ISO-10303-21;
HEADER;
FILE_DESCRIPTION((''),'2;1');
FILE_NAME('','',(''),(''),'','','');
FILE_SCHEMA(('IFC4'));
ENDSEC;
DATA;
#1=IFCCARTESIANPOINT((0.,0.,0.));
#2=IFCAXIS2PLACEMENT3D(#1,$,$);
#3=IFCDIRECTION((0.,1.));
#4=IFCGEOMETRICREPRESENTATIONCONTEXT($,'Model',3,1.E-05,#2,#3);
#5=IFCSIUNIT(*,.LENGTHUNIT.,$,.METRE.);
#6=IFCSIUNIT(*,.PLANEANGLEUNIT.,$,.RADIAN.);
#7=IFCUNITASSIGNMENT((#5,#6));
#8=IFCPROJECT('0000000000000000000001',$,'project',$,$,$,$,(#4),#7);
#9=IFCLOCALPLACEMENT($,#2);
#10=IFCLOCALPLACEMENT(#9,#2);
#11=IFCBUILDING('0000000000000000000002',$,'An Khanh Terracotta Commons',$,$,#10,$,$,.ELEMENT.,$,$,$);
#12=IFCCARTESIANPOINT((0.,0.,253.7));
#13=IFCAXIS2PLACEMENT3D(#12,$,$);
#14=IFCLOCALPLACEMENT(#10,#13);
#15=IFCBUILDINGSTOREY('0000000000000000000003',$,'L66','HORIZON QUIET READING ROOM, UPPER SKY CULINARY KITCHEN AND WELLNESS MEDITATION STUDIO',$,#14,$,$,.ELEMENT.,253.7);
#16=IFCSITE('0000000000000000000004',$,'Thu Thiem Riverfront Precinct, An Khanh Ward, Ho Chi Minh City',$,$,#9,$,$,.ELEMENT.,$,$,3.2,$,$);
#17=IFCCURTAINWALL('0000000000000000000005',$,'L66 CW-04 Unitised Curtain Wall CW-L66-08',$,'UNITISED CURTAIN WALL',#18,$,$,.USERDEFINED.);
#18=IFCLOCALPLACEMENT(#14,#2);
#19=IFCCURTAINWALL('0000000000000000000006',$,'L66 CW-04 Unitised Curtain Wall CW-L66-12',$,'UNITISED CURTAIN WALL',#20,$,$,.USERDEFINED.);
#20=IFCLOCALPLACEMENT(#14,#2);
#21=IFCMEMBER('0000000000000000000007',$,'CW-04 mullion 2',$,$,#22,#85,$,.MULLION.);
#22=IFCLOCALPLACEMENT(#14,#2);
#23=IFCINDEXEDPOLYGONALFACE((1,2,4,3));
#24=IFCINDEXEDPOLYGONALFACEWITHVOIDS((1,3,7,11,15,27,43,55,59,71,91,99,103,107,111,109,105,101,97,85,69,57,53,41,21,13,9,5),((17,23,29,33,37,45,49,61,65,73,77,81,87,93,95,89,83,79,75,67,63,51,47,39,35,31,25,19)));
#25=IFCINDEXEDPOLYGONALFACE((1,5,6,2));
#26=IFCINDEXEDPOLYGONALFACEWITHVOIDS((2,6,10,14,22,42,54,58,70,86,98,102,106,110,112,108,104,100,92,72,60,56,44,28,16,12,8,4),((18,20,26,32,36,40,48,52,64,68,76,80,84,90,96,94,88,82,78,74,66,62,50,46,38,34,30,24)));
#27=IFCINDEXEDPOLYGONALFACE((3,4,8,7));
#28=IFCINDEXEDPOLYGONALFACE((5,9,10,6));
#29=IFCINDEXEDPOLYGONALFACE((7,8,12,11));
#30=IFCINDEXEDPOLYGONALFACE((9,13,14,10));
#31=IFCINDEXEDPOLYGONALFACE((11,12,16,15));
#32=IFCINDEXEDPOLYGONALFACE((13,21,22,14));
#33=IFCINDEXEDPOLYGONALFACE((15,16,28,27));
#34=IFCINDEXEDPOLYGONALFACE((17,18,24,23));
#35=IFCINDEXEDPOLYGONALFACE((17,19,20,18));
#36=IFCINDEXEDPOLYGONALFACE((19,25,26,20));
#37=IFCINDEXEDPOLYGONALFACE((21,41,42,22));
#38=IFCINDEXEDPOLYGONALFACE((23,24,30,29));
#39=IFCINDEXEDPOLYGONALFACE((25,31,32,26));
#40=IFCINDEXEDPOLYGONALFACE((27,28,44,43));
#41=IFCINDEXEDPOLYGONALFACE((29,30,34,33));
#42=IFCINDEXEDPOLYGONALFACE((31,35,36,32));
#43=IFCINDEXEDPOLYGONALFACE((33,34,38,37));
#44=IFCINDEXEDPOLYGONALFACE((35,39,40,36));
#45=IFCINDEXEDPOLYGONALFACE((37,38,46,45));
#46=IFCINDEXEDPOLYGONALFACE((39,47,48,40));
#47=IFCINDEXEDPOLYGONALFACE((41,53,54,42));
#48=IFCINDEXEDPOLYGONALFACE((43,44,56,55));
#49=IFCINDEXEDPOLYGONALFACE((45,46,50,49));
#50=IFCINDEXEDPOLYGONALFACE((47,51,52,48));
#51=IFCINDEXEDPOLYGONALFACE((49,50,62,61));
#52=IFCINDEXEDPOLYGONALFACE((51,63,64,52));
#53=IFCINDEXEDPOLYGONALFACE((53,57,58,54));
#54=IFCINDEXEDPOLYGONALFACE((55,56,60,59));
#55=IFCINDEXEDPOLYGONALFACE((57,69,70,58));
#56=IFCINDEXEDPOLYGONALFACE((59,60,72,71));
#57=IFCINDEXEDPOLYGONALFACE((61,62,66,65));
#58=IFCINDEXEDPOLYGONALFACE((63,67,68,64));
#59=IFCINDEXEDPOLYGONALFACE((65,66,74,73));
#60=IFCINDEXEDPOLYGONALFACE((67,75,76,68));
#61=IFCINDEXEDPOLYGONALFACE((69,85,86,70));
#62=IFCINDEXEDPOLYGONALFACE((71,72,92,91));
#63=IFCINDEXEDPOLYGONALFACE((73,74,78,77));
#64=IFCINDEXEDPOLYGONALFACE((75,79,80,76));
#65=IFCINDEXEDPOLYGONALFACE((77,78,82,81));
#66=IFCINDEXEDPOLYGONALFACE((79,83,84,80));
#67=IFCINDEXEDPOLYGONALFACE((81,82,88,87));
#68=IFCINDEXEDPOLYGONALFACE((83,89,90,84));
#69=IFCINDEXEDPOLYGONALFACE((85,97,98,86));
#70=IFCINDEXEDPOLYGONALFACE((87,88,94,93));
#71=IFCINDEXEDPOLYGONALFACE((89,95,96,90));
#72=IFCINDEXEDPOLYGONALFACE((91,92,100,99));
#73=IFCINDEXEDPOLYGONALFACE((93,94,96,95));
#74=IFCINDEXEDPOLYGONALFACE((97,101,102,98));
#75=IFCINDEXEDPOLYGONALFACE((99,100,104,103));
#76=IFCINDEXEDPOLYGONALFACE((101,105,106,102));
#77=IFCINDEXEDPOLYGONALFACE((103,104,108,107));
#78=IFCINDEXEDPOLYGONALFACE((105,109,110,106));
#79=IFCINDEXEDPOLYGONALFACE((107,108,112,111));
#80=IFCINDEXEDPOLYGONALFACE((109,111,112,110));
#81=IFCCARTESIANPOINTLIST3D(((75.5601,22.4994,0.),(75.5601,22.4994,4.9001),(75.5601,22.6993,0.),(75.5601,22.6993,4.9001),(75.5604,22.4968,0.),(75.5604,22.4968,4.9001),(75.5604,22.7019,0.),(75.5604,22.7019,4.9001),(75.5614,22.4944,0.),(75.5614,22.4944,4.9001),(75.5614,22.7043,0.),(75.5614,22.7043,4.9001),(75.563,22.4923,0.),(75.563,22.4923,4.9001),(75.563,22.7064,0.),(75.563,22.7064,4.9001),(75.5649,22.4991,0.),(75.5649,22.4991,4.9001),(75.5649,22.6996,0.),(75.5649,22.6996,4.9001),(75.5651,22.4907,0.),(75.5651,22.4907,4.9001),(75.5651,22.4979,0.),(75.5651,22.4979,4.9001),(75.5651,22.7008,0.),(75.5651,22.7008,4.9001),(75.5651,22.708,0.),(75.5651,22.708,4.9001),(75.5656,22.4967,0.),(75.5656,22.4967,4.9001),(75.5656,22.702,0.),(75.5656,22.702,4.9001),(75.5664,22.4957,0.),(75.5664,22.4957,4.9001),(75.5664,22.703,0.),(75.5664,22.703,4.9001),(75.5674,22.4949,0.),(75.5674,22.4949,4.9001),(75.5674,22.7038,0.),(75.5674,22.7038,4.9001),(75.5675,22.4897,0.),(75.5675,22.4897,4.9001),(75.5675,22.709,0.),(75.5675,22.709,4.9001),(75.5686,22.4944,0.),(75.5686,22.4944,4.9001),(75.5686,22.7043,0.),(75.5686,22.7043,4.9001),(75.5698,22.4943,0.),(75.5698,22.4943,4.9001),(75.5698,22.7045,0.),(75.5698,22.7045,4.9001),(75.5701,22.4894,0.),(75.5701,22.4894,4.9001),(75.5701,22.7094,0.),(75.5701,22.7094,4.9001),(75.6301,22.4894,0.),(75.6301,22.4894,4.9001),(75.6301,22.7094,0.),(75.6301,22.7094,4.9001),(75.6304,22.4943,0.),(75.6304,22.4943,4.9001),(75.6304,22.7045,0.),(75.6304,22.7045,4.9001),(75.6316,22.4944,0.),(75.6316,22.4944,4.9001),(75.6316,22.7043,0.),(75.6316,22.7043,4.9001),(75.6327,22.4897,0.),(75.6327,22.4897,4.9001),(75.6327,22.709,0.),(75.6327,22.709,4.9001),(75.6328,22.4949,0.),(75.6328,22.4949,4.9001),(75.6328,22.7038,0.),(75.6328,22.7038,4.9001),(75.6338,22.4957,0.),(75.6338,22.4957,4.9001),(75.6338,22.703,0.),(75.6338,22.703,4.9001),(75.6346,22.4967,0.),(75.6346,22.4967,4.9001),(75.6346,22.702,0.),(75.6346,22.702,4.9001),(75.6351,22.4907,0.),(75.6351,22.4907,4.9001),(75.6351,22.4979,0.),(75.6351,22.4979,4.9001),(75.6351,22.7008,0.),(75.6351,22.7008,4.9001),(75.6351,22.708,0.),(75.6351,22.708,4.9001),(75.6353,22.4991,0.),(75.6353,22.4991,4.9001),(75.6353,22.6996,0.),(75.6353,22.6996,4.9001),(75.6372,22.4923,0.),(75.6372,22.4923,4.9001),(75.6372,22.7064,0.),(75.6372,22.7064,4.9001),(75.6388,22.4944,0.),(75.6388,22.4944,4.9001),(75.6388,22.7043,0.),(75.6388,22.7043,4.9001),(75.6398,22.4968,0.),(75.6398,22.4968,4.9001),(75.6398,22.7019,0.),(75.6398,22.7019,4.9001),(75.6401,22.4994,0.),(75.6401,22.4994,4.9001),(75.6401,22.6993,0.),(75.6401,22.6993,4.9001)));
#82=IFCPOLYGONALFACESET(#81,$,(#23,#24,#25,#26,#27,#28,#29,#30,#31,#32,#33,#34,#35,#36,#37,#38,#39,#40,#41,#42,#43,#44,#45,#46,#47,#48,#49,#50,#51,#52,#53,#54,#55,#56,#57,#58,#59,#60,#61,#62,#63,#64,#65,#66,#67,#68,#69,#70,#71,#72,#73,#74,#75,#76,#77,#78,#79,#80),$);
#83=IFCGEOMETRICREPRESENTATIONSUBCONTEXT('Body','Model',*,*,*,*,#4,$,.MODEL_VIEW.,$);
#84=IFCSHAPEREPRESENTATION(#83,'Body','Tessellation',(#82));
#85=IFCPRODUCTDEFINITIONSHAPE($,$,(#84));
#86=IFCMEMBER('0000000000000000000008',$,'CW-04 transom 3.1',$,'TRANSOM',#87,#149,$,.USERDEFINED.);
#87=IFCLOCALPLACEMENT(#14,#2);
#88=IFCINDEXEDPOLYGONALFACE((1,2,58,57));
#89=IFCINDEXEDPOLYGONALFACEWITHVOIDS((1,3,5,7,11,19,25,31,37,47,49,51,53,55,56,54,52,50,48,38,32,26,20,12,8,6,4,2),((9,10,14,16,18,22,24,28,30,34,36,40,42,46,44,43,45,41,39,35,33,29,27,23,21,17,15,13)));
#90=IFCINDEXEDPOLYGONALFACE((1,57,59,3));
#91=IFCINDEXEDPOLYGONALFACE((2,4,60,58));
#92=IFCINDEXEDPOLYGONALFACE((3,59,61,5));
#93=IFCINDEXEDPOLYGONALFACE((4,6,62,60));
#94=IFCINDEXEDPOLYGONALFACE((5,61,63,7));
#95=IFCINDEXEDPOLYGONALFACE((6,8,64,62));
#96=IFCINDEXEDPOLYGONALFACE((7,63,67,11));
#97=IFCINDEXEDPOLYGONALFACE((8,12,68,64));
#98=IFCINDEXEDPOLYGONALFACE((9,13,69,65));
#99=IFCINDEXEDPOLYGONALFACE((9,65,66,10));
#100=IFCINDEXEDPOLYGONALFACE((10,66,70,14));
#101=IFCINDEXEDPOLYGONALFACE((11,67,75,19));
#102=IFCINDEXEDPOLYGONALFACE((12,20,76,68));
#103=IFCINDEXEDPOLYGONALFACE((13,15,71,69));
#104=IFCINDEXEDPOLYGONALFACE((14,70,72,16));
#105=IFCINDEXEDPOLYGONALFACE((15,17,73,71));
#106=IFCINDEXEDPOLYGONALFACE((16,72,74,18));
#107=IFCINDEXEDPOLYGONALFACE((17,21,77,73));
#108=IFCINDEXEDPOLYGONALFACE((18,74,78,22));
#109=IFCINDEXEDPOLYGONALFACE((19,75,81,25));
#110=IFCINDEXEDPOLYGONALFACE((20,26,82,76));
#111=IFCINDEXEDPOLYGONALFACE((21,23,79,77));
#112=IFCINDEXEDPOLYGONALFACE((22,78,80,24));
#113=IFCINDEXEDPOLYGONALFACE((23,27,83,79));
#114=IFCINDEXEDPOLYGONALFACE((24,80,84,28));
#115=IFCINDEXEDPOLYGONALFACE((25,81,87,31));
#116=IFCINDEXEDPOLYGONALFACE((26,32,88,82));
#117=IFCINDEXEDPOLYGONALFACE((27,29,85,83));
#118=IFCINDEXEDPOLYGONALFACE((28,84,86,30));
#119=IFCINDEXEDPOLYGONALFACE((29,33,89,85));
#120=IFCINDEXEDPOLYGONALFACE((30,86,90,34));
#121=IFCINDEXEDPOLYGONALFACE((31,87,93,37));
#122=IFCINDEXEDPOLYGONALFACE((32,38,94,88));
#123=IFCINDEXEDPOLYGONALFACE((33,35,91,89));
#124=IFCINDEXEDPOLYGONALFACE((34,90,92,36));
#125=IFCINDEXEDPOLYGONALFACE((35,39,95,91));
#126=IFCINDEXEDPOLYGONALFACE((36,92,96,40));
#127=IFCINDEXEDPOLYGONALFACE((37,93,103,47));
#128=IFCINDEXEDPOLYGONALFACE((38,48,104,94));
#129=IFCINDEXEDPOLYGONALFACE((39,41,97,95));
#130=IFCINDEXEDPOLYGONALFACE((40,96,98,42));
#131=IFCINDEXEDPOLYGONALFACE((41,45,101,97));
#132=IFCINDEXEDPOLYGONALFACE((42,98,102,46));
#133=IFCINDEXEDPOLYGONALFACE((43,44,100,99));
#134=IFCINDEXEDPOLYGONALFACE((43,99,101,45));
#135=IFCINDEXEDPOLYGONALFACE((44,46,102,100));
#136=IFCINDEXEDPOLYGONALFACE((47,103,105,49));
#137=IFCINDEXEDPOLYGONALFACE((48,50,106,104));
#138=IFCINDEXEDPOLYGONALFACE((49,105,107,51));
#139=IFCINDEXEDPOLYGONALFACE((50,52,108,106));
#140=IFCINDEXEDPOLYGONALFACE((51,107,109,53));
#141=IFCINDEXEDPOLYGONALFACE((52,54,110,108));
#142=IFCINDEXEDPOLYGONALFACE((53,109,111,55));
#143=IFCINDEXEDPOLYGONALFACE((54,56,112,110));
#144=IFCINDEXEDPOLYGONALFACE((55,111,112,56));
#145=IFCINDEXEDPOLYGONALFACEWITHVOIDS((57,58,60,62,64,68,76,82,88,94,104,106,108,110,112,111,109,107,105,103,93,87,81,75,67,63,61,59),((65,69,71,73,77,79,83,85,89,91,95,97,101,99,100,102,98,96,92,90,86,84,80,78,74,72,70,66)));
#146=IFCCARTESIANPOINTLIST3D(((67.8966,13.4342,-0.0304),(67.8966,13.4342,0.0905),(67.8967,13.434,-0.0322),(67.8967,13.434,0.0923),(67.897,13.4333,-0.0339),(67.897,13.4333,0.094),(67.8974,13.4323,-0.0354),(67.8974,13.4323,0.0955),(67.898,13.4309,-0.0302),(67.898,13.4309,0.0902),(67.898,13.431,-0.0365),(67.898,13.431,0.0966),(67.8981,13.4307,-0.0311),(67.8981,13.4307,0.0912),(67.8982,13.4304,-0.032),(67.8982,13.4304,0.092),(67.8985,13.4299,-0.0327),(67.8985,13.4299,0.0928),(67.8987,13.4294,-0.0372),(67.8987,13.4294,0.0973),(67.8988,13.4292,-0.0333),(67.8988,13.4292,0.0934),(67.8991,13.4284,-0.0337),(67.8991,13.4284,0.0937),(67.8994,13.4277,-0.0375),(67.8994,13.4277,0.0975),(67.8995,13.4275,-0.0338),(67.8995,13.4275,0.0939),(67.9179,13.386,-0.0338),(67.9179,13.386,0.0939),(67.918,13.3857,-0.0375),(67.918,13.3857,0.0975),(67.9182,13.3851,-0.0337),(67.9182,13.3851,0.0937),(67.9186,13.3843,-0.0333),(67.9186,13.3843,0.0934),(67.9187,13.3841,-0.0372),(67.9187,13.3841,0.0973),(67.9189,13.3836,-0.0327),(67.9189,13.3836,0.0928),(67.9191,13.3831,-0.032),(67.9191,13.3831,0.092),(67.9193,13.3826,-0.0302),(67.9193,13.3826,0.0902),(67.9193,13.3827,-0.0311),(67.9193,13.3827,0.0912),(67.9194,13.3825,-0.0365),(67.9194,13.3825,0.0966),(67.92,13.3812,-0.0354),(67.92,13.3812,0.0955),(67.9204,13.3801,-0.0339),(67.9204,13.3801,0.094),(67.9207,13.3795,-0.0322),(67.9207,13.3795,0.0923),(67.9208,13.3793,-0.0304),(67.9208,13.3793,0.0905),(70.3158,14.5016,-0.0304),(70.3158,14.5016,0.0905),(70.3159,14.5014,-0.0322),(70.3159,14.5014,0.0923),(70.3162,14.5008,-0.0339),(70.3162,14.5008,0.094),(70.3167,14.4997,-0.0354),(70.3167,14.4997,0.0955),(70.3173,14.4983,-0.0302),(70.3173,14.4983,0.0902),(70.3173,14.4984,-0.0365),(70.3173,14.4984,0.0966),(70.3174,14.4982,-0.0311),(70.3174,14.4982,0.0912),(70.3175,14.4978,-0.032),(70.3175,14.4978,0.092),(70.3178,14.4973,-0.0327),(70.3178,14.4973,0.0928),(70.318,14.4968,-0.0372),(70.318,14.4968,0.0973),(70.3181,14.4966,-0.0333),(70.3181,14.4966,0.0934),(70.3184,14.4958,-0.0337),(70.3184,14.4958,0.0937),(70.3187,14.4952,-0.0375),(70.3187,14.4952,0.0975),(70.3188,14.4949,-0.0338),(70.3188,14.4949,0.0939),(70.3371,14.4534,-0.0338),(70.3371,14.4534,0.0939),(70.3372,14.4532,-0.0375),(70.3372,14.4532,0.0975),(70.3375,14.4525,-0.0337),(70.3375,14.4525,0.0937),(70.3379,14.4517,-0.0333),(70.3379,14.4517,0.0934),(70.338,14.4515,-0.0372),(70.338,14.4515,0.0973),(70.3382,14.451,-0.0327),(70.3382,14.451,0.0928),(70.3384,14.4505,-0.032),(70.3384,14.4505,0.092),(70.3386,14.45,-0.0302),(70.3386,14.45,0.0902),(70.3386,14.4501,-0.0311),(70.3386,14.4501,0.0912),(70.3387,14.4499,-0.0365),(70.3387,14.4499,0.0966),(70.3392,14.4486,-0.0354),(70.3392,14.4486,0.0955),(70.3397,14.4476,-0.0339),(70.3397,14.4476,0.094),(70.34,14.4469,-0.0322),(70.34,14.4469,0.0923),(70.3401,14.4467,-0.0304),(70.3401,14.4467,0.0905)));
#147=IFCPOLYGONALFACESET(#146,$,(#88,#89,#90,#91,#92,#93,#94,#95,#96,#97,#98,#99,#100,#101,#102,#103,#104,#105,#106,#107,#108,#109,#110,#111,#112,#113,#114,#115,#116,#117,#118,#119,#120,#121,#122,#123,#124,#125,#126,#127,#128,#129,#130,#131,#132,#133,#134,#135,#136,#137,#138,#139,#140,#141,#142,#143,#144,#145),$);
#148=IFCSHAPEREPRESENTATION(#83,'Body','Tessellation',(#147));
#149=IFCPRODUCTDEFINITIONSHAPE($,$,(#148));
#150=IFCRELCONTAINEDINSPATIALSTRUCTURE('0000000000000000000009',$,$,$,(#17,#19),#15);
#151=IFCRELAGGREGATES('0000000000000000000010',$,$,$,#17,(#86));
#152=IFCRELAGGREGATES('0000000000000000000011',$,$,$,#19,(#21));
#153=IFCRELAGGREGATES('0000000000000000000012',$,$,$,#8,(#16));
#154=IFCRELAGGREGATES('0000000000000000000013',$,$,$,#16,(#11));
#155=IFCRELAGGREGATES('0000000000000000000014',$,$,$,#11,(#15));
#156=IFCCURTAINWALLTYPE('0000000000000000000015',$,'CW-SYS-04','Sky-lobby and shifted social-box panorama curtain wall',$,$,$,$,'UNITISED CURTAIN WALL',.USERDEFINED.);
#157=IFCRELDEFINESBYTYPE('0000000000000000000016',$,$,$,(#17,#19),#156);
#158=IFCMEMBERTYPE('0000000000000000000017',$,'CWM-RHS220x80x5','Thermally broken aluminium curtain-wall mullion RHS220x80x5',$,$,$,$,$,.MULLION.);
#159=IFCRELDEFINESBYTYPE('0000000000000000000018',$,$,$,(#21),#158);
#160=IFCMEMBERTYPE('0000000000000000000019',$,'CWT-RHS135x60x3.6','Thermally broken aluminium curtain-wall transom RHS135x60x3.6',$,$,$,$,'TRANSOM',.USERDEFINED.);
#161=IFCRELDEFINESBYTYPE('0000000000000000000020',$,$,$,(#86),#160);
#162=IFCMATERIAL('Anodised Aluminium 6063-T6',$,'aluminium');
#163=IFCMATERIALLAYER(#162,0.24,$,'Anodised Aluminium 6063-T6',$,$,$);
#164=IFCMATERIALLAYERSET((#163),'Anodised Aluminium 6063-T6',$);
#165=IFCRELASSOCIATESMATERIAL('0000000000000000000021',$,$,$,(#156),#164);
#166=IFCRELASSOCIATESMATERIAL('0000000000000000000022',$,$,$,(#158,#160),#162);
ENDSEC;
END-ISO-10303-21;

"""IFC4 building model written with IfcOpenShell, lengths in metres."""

from ifc_helpers import new_model, si_unit, direction, frame, origin, origin_2d, place, context, subcontext, project, spatial, hollow_rectangle, extrude, material, layer, layer_set, material_profile, profile_set, type_object, element, aggregate, save


model = new_model("IFC4")

# Units and contexts
model_context = context("Model", 3, precision=1e-05, world=origin(), true_north=direction((0.0, 1.0)))
body_context = subcontext(model_context, "Body", "Model", "MODEL_VIEW")
ifc_project = project(units=[si_unit("LENGTHUNIT", "METRE"), si_unit("PLANEANGLEUNIT", "RADIAN")], contexts=[model_context])

# Site, building, storey
site_placement = place(None, origin())
site = spatial("IfcSite", under=ifc_project, at=site_placement, Name="Thu Thiem Riverfront Precinct, An Khanh Ward, Ho Chi Minh City", CompositionType="ELEMENT", RefElevation=3.2)
building_placement = place(site_placement, origin())
building = spatial("IfcBuilding", under=site, at=building_placement, Name="An Khanh Terracotta Commons", CompositionType="ELEMENT")
storey_placement = place(building_placement, frame((0.0, 0.0, 253.7)))
storey = spatial("IfcBuildingStorey", under=building, at=storey_placement, Name="L66", Description="HORIZON QUIET READING ROOM, UPPER SKY CULINARY KITCHEN AND WELLNESS MEDITATION STUDIO", CompositionType="ELEMENT", Elevation=253.7)

# Curtain walls, member
ifc_material_1 = material(Name="Anodised Aluminium 6063-T6", Category="aluminium")
ifc_layer_1 = layer(ifc_material_1, 0.24, Name="Anodised Aluminium 6063-T6")
ifc_layer_set_1 = layer_set([ifc_layer_1], Name="Anodised Aluminium 6063-T6")
curtain_wall_type = type_object("IfcCurtainWallType", Name="CW-SYS-04", Description="Sky-lobby and shifted social-box panorama curtain wall", ElementType="UNITISED CURTAIN WALL", PredefinedType="USERDEFINED", material=ifc_layer_set_1)
curtain_wall_1_placement = place(storey_placement, origin())
curtain_wall_1 = element("IfcCurtainWall", 1, at=curtain_wall_1_placement, inside=storey, type_object=curtain_wall_type, Name="L66 CW-04 Unitised Curtain Wall CW-L66-08", ObjectType="UNITISED CURTAIN WALL", PredefinedType="USERDEFINED")
ifc_material_profile_1 = material_profile(ifc_material_1, hollow_rectangle(XDim=0.0801, YDim=0.22, WallThickness=0.0049, InnerFilletRadius=0.0049, OuterFilletRadius=0.01, at=origin_2d()), Name="RHS220x80x5")
ifc_profile_set_1 = profile_set([ifc_material_profile_1], Name="Anodised Aluminium 6063-T6")
member_type_1 = type_object("IfcMemberType", Name="CWM-RHS220x80x5", Description="Thermally broken aluminium curtain-wall mullion RHS220x80x5", PredefinedType="MULLION", material=ifc_profile_set_1)
curtain_wall_2_placement = place(storey_placement, origin())
curtain_wall_2 = element("IfcCurtainWall", 2, at=curtain_wall_2_placement, inside=storey, type_object=curtain_wall_type, Name="L66 CW-04 Unitised Curtain Wall CW-L66-12", ObjectType="UNITISED CURTAIN WALL", PredefinedType="USERDEFINED")
member_1_placement = place(storey_placement, frame((75.6001, 22.5994, 0.0), z_axis=(0.0, 0.0, 1.0), x_axis=(-1.0, 0.0, 0.0)))
member_1 = element("IfcMember", 3, at=member_1_placement, type_object=member_type_1, Name="CW-04 mullion 2", PredefinedType="MULLION", context=body_context, shape_type="SweptSolid", body=[
    extrude(hollow_rectangle(XDim=0.0801, YDim=0.22, WallThickness=0.0049, InnerFilletRadius=0.0049, OuterFilletRadius=0.01, at=origin_2d()), origin(), (0.0, 0.0, 1.0), 4.9001),
])

# Member
ifc_material_profile_2 = material_profile(ifc_material_1, hollow_rectangle(XDim=0.0601, YDim=0.135, WallThickness=0.0037, InnerFilletRadius=0.0037, OuterFilletRadius=0.0071, at=origin_2d()), Name="RHS135x60x3.6")
ifc_profile_set_2 = profile_set([ifc_material_profile_2], Name="Anodised Aluminium 6063-T6")
member_type_2 = type_object("IfcMemberType", Name="CWT-RHS135x60x3.6", Description="Thermally broken aluminium curtain-wall transom RHS135x60x3.6", ElementType="TRANSOM", PredefinedType="USERDEFINED", material=ifc_profile_set_2)
member_2_placement = place(storey_placement, frame((67.9087, 13.4067, 0.03), z_axis=(0.914905, 0.40367, 0.0), x_axis=(-0.40367, 0.914905, 0.0)))
member_2 = element("IfcMember", 4, at=member_2_placement, type_object=member_type_2, Name="CW-04 transom 3.1", ObjectType="TRANSOM", PredefinedType="USERDEFINED", context=body_context, shape_type="SweptSolid", body=[
    extrude(hollow_rectangle(XDim=0.0601, YDim=0.135, WallThickness=0.0037, InnerFilletRadius=0.0037, OuterFilletRadius=0.0071, at=origin_2d()), origin(), (0.0, 0.0, 1.0), 2.6443),
])

aggregate(curtain_wall_1, [member_2])
aggregate(curtain_wall_2, [member_1])

save(model, "model.ifc")
